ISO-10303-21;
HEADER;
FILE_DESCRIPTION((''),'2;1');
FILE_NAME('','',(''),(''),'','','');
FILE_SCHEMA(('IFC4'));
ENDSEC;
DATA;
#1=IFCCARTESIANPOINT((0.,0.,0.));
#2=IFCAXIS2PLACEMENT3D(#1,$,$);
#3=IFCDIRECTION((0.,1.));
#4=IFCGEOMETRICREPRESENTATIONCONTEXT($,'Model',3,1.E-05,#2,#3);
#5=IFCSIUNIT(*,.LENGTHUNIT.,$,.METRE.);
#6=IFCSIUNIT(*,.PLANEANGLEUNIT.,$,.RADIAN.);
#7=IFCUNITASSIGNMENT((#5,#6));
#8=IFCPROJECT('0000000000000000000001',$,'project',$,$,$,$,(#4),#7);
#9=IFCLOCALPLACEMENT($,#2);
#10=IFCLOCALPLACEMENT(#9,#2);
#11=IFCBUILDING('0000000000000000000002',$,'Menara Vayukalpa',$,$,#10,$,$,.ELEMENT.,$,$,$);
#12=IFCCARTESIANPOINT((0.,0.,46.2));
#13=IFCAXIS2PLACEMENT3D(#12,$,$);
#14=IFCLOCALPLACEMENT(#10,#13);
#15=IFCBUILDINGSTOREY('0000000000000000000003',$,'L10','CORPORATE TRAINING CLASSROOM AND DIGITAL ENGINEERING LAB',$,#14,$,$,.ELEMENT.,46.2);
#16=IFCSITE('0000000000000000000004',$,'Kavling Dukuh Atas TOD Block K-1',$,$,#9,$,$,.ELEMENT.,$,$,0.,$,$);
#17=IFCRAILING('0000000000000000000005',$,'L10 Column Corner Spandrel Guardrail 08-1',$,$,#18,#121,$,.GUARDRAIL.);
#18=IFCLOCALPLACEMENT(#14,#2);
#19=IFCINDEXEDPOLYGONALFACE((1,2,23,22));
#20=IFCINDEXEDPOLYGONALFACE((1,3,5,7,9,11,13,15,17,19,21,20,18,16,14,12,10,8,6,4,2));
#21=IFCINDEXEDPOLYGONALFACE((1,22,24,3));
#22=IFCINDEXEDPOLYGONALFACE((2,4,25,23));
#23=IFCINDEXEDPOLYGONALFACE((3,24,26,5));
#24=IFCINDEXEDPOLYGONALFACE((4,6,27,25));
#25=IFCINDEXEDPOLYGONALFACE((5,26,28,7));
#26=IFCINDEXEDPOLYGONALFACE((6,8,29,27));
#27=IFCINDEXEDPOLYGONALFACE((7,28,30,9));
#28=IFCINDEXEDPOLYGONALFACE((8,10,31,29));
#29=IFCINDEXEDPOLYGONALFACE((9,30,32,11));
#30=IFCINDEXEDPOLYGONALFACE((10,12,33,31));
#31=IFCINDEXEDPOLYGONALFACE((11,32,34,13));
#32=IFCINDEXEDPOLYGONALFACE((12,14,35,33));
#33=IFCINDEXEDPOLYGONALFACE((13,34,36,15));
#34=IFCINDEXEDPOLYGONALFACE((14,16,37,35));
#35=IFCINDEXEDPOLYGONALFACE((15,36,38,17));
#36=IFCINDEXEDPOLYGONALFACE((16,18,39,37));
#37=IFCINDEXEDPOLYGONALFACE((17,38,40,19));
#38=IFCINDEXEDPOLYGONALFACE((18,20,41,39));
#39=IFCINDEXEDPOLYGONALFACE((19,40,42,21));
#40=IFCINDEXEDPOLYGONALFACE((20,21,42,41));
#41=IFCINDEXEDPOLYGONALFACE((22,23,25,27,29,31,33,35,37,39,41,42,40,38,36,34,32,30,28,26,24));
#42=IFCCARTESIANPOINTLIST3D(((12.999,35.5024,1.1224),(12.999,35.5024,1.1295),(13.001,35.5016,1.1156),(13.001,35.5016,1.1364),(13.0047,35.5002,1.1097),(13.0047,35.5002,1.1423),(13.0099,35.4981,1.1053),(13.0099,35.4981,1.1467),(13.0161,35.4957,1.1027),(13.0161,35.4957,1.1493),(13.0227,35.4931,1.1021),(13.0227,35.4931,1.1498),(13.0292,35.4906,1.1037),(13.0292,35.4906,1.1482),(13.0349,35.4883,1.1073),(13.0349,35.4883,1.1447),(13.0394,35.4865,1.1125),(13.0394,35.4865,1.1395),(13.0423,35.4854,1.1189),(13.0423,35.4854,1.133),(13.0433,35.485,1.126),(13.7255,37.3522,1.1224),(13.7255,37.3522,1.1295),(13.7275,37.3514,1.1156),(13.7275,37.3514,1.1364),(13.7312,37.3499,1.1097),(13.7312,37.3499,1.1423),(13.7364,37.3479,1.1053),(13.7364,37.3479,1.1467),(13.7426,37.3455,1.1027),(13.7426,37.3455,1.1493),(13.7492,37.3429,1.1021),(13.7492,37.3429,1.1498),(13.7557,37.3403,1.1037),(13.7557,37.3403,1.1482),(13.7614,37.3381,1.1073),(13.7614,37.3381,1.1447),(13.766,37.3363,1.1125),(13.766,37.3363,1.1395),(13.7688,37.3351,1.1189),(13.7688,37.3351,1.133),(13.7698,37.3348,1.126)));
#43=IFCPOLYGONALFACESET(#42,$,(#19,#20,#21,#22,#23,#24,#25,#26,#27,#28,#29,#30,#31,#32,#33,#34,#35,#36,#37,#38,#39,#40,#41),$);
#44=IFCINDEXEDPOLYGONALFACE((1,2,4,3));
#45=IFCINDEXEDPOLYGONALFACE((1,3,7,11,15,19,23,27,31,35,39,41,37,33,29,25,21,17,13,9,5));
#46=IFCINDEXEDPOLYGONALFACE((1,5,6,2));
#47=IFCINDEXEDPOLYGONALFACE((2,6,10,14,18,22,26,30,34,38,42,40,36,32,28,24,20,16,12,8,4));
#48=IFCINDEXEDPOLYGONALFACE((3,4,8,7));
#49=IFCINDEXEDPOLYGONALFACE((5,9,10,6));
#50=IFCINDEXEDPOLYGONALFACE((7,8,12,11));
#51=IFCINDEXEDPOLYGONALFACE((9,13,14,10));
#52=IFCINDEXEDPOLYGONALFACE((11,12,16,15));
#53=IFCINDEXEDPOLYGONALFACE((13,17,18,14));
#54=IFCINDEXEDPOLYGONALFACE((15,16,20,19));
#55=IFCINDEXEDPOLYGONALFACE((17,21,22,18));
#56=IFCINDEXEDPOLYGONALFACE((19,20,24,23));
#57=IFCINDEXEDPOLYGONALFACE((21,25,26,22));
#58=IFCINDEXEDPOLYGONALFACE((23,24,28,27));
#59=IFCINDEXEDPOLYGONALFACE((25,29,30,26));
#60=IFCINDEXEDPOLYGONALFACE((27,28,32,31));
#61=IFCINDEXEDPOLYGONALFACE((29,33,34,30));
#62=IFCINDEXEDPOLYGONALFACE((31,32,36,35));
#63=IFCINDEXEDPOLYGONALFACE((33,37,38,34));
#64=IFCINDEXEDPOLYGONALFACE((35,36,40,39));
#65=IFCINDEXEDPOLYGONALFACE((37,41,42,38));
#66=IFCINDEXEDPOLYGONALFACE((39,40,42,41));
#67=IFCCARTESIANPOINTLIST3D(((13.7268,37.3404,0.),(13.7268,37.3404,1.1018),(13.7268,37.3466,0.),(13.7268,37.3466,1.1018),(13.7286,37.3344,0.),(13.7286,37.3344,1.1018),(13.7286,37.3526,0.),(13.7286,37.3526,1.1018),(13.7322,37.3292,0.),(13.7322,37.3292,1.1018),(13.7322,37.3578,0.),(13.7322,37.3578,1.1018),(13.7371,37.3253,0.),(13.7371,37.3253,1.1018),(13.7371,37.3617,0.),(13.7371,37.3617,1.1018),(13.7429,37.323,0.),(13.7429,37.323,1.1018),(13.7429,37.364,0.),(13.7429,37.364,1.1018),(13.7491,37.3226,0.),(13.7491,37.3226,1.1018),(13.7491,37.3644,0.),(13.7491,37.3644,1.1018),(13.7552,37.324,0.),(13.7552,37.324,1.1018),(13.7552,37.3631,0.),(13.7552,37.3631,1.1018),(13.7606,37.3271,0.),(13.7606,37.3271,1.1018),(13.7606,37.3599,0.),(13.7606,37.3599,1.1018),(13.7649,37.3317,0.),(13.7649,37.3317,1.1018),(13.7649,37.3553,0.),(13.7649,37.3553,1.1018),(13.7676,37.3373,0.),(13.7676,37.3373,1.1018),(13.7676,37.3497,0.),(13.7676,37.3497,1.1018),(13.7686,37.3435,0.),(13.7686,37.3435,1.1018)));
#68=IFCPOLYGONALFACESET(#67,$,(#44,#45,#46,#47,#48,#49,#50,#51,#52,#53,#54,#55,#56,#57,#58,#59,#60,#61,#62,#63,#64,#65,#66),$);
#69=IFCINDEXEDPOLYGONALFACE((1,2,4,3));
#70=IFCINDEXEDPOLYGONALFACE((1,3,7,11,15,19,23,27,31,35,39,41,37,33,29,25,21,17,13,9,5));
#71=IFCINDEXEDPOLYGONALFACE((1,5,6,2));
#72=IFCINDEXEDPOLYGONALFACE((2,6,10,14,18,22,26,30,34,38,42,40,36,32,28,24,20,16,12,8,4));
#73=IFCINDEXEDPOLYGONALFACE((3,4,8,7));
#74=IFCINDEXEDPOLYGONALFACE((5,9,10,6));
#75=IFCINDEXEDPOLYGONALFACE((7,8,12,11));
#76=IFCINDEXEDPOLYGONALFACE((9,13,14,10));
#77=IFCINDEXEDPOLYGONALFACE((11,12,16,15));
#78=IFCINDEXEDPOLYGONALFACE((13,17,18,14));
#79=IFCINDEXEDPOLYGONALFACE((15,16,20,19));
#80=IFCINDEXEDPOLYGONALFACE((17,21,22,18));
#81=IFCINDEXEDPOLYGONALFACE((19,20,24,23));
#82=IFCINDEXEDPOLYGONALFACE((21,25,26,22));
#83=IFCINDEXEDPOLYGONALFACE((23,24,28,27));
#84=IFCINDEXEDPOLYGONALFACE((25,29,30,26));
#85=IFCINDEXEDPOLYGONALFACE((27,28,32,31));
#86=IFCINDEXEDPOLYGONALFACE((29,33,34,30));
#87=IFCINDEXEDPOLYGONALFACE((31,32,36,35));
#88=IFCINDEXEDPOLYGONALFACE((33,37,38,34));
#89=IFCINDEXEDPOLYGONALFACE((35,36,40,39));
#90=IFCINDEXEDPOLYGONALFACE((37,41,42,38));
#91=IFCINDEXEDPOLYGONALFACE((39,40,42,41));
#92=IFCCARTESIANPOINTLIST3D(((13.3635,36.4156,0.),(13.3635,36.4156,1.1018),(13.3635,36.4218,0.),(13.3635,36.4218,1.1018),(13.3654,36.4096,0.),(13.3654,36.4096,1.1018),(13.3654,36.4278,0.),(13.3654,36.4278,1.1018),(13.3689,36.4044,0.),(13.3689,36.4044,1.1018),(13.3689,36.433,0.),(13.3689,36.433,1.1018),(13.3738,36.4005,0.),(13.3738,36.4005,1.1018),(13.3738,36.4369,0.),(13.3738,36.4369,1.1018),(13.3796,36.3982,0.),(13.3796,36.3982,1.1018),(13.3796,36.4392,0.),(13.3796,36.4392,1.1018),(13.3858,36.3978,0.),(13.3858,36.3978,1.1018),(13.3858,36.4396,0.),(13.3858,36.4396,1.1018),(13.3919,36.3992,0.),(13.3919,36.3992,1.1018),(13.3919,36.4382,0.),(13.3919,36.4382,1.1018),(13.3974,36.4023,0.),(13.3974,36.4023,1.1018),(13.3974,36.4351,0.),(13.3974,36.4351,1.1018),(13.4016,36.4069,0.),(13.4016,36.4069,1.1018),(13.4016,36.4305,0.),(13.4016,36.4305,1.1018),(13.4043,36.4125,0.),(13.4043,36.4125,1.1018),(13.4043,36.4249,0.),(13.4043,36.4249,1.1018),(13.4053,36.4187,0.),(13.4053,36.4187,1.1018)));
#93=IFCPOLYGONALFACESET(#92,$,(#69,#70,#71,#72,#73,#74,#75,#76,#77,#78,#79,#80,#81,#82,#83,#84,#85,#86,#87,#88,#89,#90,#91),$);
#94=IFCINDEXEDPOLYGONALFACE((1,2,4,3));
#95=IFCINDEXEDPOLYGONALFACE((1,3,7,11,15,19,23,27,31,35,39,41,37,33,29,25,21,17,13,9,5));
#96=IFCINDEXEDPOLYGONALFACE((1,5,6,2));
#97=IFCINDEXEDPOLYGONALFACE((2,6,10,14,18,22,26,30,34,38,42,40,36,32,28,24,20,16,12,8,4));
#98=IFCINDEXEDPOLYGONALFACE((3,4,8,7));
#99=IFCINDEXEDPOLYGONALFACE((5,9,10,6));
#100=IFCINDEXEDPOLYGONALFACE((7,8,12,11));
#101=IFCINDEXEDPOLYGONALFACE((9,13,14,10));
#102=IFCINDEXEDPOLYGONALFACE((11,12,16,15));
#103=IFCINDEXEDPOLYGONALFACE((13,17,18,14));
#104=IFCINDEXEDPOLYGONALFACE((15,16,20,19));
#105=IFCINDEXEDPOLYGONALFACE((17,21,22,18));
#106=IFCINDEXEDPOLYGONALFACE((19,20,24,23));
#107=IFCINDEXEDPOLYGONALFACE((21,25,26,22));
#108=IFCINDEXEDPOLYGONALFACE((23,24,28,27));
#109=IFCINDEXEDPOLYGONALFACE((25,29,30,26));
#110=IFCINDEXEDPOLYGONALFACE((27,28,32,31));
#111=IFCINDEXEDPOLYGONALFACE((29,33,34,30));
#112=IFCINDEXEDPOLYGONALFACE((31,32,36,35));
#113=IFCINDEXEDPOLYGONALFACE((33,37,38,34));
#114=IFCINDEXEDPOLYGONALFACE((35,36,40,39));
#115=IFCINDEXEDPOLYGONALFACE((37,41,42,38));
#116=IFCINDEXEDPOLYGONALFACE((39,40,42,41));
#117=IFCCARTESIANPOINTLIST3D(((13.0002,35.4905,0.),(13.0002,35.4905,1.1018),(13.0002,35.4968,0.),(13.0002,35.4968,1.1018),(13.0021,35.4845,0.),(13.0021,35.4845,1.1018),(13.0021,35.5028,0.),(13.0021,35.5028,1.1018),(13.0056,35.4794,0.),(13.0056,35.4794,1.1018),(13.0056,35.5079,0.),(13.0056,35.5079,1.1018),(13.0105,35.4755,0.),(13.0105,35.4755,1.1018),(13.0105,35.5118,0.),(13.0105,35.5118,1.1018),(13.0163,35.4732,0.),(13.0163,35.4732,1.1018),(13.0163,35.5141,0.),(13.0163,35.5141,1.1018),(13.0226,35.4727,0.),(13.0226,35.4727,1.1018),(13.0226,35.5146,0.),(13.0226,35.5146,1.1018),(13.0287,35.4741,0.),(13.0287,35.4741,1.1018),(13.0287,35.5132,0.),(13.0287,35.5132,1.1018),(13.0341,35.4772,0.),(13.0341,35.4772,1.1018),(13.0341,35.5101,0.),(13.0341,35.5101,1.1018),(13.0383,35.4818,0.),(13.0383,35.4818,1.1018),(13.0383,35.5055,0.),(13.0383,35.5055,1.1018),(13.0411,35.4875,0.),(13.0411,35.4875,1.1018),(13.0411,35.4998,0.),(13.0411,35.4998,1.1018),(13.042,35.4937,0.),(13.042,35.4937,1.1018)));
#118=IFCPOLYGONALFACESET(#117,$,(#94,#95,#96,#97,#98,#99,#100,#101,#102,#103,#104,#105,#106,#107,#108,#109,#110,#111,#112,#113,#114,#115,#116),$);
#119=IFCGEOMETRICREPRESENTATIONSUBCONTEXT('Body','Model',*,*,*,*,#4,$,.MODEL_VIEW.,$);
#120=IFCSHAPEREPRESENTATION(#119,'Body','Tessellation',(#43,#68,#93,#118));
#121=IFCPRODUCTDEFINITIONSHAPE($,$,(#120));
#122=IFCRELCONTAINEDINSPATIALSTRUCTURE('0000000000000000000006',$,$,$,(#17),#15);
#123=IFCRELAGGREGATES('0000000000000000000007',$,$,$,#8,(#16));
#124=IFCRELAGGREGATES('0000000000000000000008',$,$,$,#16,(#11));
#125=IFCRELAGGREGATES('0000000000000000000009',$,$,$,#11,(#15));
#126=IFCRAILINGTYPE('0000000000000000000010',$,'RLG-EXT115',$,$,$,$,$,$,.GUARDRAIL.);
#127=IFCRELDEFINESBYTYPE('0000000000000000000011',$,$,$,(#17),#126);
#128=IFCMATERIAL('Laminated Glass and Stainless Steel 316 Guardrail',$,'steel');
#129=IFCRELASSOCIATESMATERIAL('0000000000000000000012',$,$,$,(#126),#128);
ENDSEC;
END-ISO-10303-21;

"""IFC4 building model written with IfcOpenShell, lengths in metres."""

from ifc_helpers import new_model, si_unit, direction, frame, origin, origin_2d, place, context, subcontext, project, spatial, circle, extrude, material, type_object, element, save


model = new_model("IFC4")

# Units and contexts
model_context = context("Model", 3, precision=1e-05, world=origin(), true_north=direction((0.0, 1.0)))
body_context = subcontext(model_context, "Body", "Model", "MODEL_VIEW")
ifc_project = project(units=[si_unit("LENGTHUNIT", "METRE"), si_unit("PLANEANGLEUNIT", "RADIAN")], contexts=[model_context])

# Site, building, storey
site_placement = place(None, origin())
site = spatial("IfcSite", under=ifc_project, at=site_placement, Name="Kavling Dukuh Atas TOD Block K-1", CompositionType="ELEMENT", RefElevation=0.0)
building_placement = place(site_placement, origin())
building = spatial("IfcBuilding", under=site, at=building_placement, Name="Menara Vayukalpa", CompositionType="ELEMENT")
storey_placement = place(building_placement, frame((0.0, 0.0, 46.2)))
storey = spatial("IfcBuildingStorey", under=building, at=storey_placement, Name="L10", Description="CORPORATE TRAINING CLASSROOM AND DIGITAL ENGINEERING LAB", CompositionType="ELEMENT", Elevation=46.2)

# Railing
ifc_material_1 = material(Name="Laminated Glass and Stainless Steel 316 Guardrail", Category="steel")
railing_type = type_object("IfcRailingType", Name="RLG-EXT115", PredefinedType="GUARDRAIL", material=ifc_material_1)
railing_1_placement = place(storey_placement, frame((13.7476, 37.3435, 0.0)))
element("IfcRailing", 1, at=railing_1_placement, inside=storey, type_object=railing_type, Name="L10 Column Corner Spandrel Guardrail 08-1", PredefinedType="GUARDRAIL", context=body_context, shape_type="SweptSolid", body=[
    extrude(circle(Radius=0.0239, at=origin_2d()), frame((0.0, 0.0, 1.126), z_axis=(-0.36558, -0.93078, 0.0), x_axis=(0.93078, -0.36558, 0.0)), (0.0, 0.0, 1.0), 1.9873),
    extrude(circle(Radius=0.021, at=origin_2d()), origin(), (0.0, 0.0, 1.0), 1.1018),
    extrude(circle(Radius=0.021, at=origin_2d()), frame((-0.3633, -0.9248, 0.0)), (0.0, 0.0, 1.0), 1.1018),
    extrude(circle(Radius=0.021, at=origin_2d()), frame((-0.7266, -1.8499, 0.0)), (0.0, 0.0, 1.0), 1.1018),
])

save(model, "model.ifc")
